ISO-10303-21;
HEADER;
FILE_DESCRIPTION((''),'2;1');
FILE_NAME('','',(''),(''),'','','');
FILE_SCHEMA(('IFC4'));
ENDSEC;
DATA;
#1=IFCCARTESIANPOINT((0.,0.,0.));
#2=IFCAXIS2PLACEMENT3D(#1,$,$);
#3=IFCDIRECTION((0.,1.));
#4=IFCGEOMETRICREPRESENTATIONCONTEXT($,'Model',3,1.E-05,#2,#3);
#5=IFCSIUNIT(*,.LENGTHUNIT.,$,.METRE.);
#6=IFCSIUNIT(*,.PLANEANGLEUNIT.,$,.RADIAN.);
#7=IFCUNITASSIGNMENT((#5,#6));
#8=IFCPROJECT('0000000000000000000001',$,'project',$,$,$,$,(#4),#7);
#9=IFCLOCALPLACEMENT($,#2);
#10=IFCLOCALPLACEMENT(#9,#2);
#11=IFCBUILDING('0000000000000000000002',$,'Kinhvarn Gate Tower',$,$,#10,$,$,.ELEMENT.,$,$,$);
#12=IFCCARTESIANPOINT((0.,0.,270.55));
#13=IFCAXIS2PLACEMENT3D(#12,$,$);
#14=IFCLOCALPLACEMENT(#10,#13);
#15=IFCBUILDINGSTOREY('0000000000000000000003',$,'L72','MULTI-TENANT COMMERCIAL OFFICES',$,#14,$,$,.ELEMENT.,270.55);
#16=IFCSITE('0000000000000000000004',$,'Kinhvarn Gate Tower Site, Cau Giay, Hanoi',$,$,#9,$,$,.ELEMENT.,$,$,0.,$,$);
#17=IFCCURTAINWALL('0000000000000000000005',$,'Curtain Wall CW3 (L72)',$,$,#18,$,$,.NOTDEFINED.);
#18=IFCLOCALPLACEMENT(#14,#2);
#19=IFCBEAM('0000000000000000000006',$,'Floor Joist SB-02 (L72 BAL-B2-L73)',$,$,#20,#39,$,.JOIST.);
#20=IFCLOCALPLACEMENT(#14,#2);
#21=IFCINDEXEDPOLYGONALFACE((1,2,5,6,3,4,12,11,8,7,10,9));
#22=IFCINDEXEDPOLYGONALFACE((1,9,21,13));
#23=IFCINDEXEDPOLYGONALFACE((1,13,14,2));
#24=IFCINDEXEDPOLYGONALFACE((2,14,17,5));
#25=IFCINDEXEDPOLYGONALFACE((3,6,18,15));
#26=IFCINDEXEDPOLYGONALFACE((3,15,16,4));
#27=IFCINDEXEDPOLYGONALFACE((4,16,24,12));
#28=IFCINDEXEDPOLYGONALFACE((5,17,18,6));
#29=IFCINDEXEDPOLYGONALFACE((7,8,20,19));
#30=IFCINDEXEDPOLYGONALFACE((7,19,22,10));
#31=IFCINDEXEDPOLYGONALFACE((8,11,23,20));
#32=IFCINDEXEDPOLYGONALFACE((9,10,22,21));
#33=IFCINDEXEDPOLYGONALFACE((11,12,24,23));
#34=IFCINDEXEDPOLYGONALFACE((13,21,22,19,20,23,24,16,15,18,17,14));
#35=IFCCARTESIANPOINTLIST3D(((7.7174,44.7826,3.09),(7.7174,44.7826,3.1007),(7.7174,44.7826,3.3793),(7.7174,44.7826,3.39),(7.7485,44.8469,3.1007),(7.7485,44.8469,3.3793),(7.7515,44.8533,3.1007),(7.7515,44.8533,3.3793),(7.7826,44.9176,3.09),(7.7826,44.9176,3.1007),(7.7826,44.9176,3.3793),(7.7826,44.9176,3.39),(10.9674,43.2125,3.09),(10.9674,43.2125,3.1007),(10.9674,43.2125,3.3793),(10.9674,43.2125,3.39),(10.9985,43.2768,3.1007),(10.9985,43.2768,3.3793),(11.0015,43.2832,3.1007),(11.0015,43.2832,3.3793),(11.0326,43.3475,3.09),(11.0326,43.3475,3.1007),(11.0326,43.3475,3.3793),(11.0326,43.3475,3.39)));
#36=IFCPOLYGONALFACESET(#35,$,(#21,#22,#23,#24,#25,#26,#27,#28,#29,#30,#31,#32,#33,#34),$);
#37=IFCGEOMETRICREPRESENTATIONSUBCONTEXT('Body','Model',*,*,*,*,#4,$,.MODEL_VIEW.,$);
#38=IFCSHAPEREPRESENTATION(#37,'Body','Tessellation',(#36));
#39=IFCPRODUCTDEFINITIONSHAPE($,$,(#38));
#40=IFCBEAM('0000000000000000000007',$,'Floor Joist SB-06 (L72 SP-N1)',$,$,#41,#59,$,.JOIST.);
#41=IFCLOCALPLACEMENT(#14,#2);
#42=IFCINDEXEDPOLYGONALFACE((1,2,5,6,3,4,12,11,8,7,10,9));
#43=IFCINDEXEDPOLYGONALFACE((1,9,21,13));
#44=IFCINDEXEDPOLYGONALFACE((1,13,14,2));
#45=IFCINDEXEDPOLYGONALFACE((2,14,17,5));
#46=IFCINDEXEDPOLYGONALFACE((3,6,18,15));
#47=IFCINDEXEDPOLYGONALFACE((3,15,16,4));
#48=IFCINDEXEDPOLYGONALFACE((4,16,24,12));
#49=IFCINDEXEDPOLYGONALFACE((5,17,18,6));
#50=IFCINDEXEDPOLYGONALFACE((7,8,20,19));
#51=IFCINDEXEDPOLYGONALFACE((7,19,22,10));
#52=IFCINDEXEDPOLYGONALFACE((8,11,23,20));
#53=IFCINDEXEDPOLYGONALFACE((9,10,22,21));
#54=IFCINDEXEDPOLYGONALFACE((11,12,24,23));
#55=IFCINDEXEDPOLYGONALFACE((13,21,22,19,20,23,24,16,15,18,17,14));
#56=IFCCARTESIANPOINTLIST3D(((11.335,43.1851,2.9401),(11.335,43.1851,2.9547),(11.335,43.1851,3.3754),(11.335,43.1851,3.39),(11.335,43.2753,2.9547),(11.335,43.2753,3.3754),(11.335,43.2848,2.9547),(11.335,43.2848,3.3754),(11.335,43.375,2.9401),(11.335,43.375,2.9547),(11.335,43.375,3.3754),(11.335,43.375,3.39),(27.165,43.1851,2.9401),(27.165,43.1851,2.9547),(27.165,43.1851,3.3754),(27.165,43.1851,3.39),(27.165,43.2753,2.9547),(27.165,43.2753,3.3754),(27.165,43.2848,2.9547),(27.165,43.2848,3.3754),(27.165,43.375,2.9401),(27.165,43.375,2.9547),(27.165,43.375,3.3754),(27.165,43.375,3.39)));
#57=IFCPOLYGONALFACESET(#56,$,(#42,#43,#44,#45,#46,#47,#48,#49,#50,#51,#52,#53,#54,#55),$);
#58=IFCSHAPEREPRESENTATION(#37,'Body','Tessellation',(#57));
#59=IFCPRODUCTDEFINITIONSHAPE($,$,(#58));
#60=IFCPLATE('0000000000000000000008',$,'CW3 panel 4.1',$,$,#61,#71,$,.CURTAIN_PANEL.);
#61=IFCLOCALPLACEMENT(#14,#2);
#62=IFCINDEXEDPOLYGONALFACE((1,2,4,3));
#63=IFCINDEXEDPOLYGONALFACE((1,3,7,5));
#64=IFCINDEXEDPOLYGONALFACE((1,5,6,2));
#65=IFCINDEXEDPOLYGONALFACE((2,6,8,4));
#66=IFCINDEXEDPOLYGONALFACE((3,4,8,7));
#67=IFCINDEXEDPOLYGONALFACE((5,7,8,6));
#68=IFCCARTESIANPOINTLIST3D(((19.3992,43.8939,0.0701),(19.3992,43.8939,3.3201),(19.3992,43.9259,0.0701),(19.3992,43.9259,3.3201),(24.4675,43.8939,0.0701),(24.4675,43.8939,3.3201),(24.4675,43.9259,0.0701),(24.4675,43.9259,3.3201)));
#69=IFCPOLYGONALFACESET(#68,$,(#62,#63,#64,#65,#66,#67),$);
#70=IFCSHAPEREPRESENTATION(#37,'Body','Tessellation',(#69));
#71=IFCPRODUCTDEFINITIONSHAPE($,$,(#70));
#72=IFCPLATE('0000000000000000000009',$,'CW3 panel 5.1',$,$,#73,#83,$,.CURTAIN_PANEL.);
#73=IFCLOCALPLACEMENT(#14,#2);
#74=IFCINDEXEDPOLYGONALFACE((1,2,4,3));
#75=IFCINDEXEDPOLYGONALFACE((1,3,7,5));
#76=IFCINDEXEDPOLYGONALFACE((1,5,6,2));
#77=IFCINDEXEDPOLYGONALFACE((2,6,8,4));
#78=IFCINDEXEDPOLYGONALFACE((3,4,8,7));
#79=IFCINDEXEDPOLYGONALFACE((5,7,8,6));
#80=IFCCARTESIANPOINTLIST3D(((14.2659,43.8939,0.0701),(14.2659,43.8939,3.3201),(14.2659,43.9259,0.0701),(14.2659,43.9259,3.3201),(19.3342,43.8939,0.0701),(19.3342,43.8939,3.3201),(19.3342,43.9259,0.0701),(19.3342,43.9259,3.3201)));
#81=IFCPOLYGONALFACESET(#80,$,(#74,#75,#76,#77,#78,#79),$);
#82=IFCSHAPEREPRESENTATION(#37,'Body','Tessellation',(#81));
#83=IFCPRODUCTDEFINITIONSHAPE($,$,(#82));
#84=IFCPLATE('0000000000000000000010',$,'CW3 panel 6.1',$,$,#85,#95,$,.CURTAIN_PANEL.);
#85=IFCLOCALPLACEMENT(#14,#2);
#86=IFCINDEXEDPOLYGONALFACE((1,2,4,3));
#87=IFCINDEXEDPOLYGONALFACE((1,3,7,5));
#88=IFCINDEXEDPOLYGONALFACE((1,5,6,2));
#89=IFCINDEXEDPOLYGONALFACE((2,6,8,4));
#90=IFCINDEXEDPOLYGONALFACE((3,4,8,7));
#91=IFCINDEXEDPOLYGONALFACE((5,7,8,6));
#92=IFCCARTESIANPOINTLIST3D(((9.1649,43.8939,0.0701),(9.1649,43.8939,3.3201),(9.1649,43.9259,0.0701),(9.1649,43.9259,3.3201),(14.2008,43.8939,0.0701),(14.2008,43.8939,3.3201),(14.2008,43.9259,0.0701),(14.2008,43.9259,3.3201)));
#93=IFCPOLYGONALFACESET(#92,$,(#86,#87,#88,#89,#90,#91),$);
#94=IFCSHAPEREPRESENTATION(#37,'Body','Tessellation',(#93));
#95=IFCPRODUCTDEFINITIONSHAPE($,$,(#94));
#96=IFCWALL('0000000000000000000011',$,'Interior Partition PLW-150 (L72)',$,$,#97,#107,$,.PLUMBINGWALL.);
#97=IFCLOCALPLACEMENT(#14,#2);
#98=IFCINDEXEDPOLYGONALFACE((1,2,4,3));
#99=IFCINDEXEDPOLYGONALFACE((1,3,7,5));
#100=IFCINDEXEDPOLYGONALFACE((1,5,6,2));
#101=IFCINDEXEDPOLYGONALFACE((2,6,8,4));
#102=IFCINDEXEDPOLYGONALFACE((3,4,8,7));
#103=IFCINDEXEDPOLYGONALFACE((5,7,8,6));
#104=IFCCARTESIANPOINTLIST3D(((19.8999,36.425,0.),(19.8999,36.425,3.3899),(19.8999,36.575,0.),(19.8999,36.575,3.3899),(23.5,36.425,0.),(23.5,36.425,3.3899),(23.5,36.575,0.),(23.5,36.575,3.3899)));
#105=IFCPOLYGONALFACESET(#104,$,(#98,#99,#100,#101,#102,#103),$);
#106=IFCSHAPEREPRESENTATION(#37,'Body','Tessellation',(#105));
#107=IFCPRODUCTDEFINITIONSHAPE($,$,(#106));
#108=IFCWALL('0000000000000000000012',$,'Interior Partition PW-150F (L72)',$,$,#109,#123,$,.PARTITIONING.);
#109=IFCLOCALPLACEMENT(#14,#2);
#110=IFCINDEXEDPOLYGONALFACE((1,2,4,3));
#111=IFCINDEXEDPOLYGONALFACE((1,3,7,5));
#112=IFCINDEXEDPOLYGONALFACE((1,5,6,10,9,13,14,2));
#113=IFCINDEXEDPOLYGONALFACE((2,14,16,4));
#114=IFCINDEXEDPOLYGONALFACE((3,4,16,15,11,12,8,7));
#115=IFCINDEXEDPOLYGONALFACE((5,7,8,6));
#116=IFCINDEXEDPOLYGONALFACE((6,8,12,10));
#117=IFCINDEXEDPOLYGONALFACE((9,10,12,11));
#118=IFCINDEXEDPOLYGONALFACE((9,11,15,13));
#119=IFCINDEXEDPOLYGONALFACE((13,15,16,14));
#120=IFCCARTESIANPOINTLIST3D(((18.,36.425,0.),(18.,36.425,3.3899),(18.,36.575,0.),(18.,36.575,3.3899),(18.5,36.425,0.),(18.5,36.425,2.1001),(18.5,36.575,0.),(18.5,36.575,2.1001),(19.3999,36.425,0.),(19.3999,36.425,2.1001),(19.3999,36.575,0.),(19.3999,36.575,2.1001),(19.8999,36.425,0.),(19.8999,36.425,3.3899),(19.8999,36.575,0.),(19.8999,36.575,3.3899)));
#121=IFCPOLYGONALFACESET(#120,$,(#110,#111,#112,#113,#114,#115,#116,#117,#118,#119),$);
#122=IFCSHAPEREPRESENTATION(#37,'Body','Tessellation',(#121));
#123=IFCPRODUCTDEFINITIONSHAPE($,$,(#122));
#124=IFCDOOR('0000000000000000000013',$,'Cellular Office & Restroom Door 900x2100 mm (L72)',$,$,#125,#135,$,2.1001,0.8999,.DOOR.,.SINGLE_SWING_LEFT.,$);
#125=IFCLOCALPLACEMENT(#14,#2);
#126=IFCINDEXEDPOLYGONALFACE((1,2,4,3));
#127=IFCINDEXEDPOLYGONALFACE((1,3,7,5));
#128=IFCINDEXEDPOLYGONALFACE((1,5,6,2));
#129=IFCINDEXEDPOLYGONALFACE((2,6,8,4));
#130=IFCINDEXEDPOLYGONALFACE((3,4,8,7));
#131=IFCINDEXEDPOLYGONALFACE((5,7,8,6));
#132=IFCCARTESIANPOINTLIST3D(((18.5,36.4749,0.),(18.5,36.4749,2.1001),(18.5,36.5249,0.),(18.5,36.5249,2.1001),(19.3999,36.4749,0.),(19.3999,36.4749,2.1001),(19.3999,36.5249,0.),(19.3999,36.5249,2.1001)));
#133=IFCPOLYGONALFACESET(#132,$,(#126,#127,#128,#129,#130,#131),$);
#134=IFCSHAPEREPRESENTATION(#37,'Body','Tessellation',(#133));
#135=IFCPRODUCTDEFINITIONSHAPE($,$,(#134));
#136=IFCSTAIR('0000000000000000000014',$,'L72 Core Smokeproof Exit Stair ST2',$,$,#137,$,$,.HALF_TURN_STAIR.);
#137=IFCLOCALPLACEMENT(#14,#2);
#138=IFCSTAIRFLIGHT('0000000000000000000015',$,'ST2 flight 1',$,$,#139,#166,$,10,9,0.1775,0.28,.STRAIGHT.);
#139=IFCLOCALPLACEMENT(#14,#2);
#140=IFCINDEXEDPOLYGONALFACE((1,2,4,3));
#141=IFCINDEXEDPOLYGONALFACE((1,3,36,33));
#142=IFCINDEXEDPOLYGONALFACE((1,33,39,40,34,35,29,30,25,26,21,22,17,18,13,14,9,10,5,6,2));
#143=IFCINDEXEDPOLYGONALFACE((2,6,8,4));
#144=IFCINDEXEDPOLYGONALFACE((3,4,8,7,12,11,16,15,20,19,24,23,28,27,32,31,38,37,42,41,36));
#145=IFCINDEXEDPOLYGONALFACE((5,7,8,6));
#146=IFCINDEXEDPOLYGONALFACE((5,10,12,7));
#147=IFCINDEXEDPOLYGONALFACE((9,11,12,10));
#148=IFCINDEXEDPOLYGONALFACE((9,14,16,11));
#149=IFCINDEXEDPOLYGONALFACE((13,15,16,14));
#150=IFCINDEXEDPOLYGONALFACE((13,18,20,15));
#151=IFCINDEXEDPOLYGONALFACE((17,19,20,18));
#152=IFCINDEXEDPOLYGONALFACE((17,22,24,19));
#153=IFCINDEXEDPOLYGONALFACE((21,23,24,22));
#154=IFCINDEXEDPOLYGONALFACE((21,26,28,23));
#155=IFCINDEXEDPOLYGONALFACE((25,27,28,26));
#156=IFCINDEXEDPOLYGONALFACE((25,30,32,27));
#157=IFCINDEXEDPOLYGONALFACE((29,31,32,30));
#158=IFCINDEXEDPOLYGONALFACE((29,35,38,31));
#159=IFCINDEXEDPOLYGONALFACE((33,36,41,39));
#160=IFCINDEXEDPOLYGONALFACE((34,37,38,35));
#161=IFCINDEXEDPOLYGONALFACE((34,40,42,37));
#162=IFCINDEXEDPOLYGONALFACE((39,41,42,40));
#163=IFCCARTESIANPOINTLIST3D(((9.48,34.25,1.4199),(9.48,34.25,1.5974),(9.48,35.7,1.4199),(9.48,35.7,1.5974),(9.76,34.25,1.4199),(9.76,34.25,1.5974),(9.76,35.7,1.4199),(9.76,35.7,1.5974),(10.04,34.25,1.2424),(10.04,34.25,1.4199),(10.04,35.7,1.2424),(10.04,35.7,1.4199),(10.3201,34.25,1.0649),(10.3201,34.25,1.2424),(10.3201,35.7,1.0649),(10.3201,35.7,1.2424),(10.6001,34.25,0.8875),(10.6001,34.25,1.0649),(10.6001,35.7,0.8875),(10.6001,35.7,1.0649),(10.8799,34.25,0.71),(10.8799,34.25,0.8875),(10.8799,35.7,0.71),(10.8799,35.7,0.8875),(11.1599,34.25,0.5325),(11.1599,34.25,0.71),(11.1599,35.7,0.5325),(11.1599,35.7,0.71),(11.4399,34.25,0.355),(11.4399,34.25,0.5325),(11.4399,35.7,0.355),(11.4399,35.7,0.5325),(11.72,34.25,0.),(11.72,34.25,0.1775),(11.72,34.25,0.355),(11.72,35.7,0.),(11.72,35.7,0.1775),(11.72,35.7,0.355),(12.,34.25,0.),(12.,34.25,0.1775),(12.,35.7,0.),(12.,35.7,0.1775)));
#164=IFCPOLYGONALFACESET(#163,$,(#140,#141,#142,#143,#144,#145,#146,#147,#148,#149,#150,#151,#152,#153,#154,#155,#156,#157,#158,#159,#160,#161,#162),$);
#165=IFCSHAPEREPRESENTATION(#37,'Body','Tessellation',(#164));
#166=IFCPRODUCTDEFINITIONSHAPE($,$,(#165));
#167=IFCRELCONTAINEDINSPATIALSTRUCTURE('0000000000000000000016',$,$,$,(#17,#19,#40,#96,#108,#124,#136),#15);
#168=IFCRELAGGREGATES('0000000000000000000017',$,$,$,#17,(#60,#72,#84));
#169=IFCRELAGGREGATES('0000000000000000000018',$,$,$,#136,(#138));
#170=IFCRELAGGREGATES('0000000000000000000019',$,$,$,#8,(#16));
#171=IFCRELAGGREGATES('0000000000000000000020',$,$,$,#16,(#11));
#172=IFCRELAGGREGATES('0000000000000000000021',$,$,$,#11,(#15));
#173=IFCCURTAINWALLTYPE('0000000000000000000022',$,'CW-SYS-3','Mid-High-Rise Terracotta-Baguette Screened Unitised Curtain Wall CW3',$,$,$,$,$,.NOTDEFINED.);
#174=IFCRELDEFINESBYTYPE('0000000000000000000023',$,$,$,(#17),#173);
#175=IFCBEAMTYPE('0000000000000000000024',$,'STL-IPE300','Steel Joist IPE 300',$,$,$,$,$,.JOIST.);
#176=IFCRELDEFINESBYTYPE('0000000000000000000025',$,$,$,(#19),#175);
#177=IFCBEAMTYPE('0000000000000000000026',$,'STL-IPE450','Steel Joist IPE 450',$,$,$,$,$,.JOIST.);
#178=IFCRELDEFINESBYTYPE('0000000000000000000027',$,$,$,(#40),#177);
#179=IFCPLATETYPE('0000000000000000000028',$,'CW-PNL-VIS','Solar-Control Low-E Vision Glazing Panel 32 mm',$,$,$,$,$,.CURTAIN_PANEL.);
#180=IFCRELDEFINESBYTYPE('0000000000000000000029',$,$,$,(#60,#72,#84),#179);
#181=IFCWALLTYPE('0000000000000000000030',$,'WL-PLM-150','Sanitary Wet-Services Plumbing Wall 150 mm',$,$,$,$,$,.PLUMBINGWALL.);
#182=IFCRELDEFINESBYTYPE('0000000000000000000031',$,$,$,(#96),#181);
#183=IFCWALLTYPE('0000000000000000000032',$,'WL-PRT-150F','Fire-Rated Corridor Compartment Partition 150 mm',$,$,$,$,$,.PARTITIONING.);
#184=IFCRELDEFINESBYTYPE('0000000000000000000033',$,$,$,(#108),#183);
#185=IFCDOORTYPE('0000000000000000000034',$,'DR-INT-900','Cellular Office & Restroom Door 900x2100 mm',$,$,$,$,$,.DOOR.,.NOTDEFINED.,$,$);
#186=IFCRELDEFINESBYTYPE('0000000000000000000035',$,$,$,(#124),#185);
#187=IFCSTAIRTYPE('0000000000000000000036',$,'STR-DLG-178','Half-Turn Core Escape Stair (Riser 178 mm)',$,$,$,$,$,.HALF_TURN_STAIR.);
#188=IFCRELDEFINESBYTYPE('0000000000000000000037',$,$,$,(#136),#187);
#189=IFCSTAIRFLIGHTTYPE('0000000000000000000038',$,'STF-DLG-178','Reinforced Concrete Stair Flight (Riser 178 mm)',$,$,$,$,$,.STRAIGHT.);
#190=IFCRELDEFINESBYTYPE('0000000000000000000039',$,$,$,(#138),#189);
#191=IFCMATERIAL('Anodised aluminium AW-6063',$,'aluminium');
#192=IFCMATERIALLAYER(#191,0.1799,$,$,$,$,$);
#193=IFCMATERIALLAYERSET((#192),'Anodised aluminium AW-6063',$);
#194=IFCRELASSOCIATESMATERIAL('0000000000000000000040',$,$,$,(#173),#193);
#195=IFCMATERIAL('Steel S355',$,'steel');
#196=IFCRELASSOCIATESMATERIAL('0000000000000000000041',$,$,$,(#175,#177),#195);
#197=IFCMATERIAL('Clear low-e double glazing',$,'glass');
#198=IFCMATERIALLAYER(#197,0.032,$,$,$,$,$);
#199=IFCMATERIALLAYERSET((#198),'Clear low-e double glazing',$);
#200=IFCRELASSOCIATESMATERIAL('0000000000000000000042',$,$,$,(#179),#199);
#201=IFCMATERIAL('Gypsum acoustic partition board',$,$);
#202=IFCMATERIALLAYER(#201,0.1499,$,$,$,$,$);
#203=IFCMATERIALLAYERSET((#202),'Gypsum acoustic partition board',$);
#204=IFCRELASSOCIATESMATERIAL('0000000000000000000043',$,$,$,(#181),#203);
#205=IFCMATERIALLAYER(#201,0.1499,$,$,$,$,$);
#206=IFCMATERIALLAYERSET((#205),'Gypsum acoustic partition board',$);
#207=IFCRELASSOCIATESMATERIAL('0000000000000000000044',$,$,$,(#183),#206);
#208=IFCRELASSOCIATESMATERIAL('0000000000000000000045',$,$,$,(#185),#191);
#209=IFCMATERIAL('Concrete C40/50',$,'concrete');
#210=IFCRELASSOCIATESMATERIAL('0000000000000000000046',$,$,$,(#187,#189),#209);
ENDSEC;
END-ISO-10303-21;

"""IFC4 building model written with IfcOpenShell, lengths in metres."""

from ifc_helpers import new_model, si_unit, direction, frame, frame_2d, origin, origin_2d, place, context, subcontext, project, spatial, polyline, rectangle, i_section, outline, extrude, material, layer, layer_set, material_profile, profile_set, type_object, element, fill, aggregate, save


model = new_model("IFC4")

# Units and contexts
model_context = context("Model", 3, precision=1e-05, world=origin(), true_north=direction((0.0, 1.0)))
body_context = subcontext(model_context, "Body", "Model", "MODEL_VIEW")
ifc_project = project(units=[si_unit("LENGTHUNIT", "METRE"), si_unit("PLANEANGLEUNIT", "RADIAN")], contexts=[model_context])

# Site, building, storey
site_placement = place(None, origin())
site = spatial("IfcSite", under=ifc_project, at=site_placement, Name="Kinhvarn Gate Tower Site, Cau Giay, Hanoi", CompositionType="ELEMENT", RefElevation=0.0)
building_placement = place(site_placement, origin())
building = spatial("IfcBuilding", under=site, at=building_placement, Name="Kinhvarn Gate Tower", CompositionType="ELEMENT")
storey_placement = place(building_placement, frame((0.0, 0.0, 270.55)))
storey = spatial("IfcBuildingStorey", under=building, at=storey_placement, Name="L72", Description="MULTI-TENANT COMMERCIAL OFFICES", CompositionType="ELEMENT", Elevation=270.55)

# Curtain wall
ifc_material_1 = material(Name="Anodised aluminium AW-6063", Category="aluminium")
ifc_layer_1 = layer(ifc_material_1, 0.1799)
ifc_layer_set_1 = layer_set([ifc_layer_1], Name="Anodised aluminium AW-6063")
curtain_wall_type = type_object("IfcCurtainWallType", Name="CW-SYS-3", Description="Mid-High-Rise Terracotta-Baguette Screened Unitised Curtain Wall CW3", PredefinedType="NOTDEFINED", material=ifc_layer_set_1)
curtain_wall_placement = place(storey_placement, origin())
curtain_wall = element("IfcCurtainWall", 1, at=curtain_wall_placement, inside=storey, type_object=curtain_wall_type, Name="Curtain Wall CW3 (L72)", PredefinedType="NOTDEFINED")

# Beams
ifc_material_2 = material(Name="Steel S355", Category="steel")
ifc_material_profile_1 = material_profile(ifc_material_2, i_section(OverallWidth=0.1499, OverallDepth=0.3, WebThickness=0.0071, FlangeThickness=0.0107, at=origin_2d()), Name="IPE 300")
ifc_profile_set_1 = profile_set([ifc_material_profile_1], Name="Steel S355")
beam_type_1 = type_object("IfcBeamType", Name="STL-IPE300", Description="Steel Joist IPE 300", PredefinedType="JOIST", material=ifc_profile_set_1)
beam_1_placement = place(storey_placement, frame((11.0, 43.28, 3.24), z_axis=(-0.900432, 0.434997, 0.0), x_axis=(-0.434997, -0.900432, 0.0)))
element("IfcBeam", 2, at=beam_1_placement, inside=storey, type_object=beam_type_1, Name="Floor Joist SB-02 (L72 BAL-B2-L73)", PredefinedType="JOIST", context=body_context, shape_type="SweptSolid", body=[
    extrude(i_section(OverallWidth=0.1499, OverallDepth=0.3, WebThickness=0.0071, FlangeThickness=0.0107, at=origin_2d()), origin(), (0.0, 0.0, 1.0), 3.6094),
])
ifc_material_profile_2 = material_profile(ifc_material_2, i_section(OverallWidth=0.1899, OverallDepth=0.45, WebThickness=0.0095, FlangeThickness=0.0146, at=origin_2d()), Name="IPE 450")
ifc_profile_set_2 = profile_set([ifc_material_profile_2], Name="Steel S355")
beam_type_2 = type_object("IfcBeamType", Name="STL-IPE450", Description="Steel Joist IPE 450", PredefinedType="JOIST", material=ifc_profile_set_2)
beam_2_placement = place(storey_placement, frame((11.335, 43.28, 3.165), z_axis=(1.0, 0.0, 0.0), x_axis=(0.0, 1.0, 0.0)))
element("IfcBeam", 3, at=beam_2_placement, inside=storey, type_object=beam_type_2, Name="Floor Joist SB-06 (L72 SP-N1)", PredefinedType="JOIST", context=body_context, shape_type="SweptSolid", body=[
    extrude(i_section(OverallWidth=0.1899, OverallDepth=0.45, WebThickness=0.0095, FlangeThickness=0.0146, at=origin_2d()), origin(), (0.0, 0.0, 1.0), 15.8301),
])

# Plates
ifc_material_3 = material(Name="Clear low-e double glazing", Category="glass")
ifc_layer_2 = layer(ifc_material_3, 0.032)
ifc_layer_set_2 = layer_set([ifc_layer_2], Name="Clear low-e double glazing")
plate_type = type_object("IfcPlateType", Name="CW-PNL-VIS", Description="Solar-Control Low-E Vision Glazing Panel 32 mm", PredefinedType="CURTAIN_PANEL", material=ifc_layer_set_2)
plate_1_placement = place(storey_placement, frame((21.9333, 43.9099, 0.0701), z_axis=(0.0, 0.0, 1.0), x_axis=(-1.0, 0.0, 0.0)))
plate_1 = element("IfcPlate", 4, at=plate_1_placement, type_object=plate_type, Name="CW3 panel 4.1", PredefinedType="CURTAIN_PANEL", context=body_context, shape_type="SweptSolid", body=[
    extrude(rectangle(XDim=5.0684, YDim=0.032, at=origin_2d()), origin(), (0.0, 0.0, 1.0), 3.25),
])
plate_2_placement = place(storey_placement, frame((16.8, 43.9099, 0.0701), z_axis=(0.0, 0.0, 1.0), x_axis=(-1.0, 0.0, 0.0)))
plate_2 = element("IfcPlate", 5, at=plate_2_placement, type_object=plate_type, Name="CW3 panel 5.1", PredefinedType="CURTAIN_PANEL", context=body_context, shape_type="SweptSolid", body=[
    extrude(rectangle(XDim=5.0684, YDim=0.032, at=origin_2d()), origin(), (0.0, 0.0, 1.0), 3.25),
])
plate_3_placement = place(storey_placement, frame((11.6829, 43.9099, 0.0701), z_axis=(0.0, 0.0, 1.0), x_axis=(-1.0, 0.0, 0.0)))
plate_3 = element("IfcPlate", 6, at=plate_3_placement, type_object=plate_type, Name="CW3 panel 6.1", PredefinedType="CURTAIN_PANEL", context=body_context, shape_type="SweptSolid", body=[
    extrude(rectangle(XDim=5.0359, YDim=0.032, at=origin_2d()), origin(), (0.0, 0.0, 1.0), 3.25),
])
aggregate(curtain_wall, [plate_1, plate_2, plate_3])

# Wall
ifc_material_4 = material(Name="Gypsum acoustic partition board")
ifc_layer_3 = layer(ifc_material_4, 0.1499)
ifc_layer_set_3 = layer_set([ifc_layer_3], Name="Gypsum acoustic partition board")
wall_type_1 = type_object("IfcWallType", Name="WL-PLM-150", Description="Sanitary Wet-Services Plumbing Wall 150 mm", PredefinedType="PLUMBINGWALL", material=ifc_layer_set_3)
wall_1_placement = place(storey_placement, frame((19.8999, 36.5, 0.0), z_axis=(0.0, 0.0, 1.0), x_axis=(1.0, 0.0, 0.0)))
element("IfcWall", 7, at=wall_1_placement, inside=storey, type_object=wall_type_1, Name="Interior Partition PLW-150 (L72)", PredefinedType="PLUMBINGWALL", context=body_context, shape_type="SweptSolid", body=[
    extrude(rectangle(XDim=3.6001, YDim=0.1499, at=frame_2d((1.8, 0.0))), origin(), (0.0, 0.0, 1.0), 3.3899),
])

# Wall, opening, door
ifc_layer_4 = layer(ifc_material_4, 0.1499)
ifc_layer_set_4 = layer_set([ifc_layer_4], Name="Gypsum acoustic partition board")
wall_type_2 = type_object("IfcWallType", Name="WL-PRT-150F", Description="Fire-Rated Corridor Compartment Partition 150 mm", PredefinedType="PARTITIONING", material=ifc_layer_set_4)
wall_2_placement = place(storey_placement, frame((18.0, 36.5, 0.0), z_axis=(0.0, 0.0, 1.0), x_axis=(1.0, 0.0, 0.0)))
wall_2 = element("IfcWall", 8, at=wall_2_placement, inside=storey, type_object=wall_type_2, Name="Interior Partition PW-150F (L72)", PredefinedType="PARTITIONING", context=body_context, shape_type="SweptSolid", body=[
    extrude(rectangle(XDim=1.8999, YDim=0.1499, at=frame_2d((0.95, 0.0))), origin(), (0.0, 0.0, 1.0), 3.3899),
])
opening_placement = place(wall_2_placement, frame((0.5, 0.0, 0.0)))
opening = element("IfcOpeningElement", 9, at=opening_placement, cuts=wall_2, PredefinedType="OPENING", context=body_context, shape_type="SweptSolid", body=[
    extrude(rectangle(XDim=0.8999, YDim=2.1001, at=frame_2d((0.45, 1.05))), frame((0.0, 0.085, 0.0), z_axis=(0.0, -1.0, 0.0), x_axis=(1.0, 0.0, 0.0)), (0.0, 0.0, 1.0), 0.1699),
])
door_type = type_object("IfcDoorType", Name="DR-INT-900", Description="Cellular Office & Restroom Door 900x2100 mm", OperationType="NOTDEFINED", PredefinedType="DOOR", material=ifc_material_1)
door_placement = place(opening_placement, origin())
door = element("IfcDoor", 10, at=door_placement, inside=storey, type_object=door_type, Name="Cellular Office & Restroom Door 900x2100 mm (L72)", OperationType="SINGLE_SWING_LEFT", OverallHeight=2.1001, OverallWidth=0.8999, PredefinedType="DOOR", context=body_context, shape_type="SweptSolid", body=[
    extrude(rectangle(XDim=0.8999, YDim=2.1001, at=frame_2d((0.45, 1.05))), frame((0.0, 0.0249, 0.0), z_axis=(0.0, -1.0, 0.0), x_axis=(1.0, 0.0, 0.0)), (0.0, 0.0, 1.0), 0.05),
])
fill(opening, door)

# Stair, stair flight
ifc_material_5 = material(Name="Concrete C40/50", Category="concrete")
stair_type = type_object("IfcStairType", Name="STR-DLG-178", Description="Half-Turn Core Escape Stair (Riser 178 mm)", PredefinedType="HALF_TURN_STAIR", material=ifc_material_5)
stair_placement = place(storey_placement, origin())
stair = element("IfcStair", 11, at=stair_placement, inside=storey, type_object=stair_type, Name="L72 Core Smokeproof Exit Stair ST2", PredefinedType="HALF_TURN_STAIR")
stair_flight_type = type_object("IfcStairFlightType", Name="STF-DLG-178", Description="Reinforced Concrete Stair Flight (Riser 178 mm)", PredefinedType="STRAIGHT", material=ifc_material_5)
stair_flight_placement = place(storey_placement, frame((12.0, 34.9751, 0.0), z_axis=(0.0, 0.0, 1.0), x_axis=(-1.0, 0.0, 0.0)))
stair_flight = element("IfcStairFlight", 12, at=stair_flight_placement, type_object=stair_flight_type, Name="ST2 flight 1", NumberOfRisers=10, NumberOfTreads=9, PredefinedType="STRAIGHT", RiserHeight=0.1775, TreadLength=0.28, context=body_context, shape_type="SweptSolid", body=[
    extrude(outline(polyline([(0.0, 0.0), (0.0, 0.1775), (0.28, 0.1775), (0.28, 0.355), (0.5601, 0.355), (0.5601, 0.5325), (0.8401, 0.5325), (0.8401, 0.71), (1.1201, 0.71), (1.1201, 0.8875), (1.3999, 0.8875), (1.3999, 1.0649), (1.6799, 1.0649), (1.6799, 1.2424), (1.96, 1.2424), (1.96, 1.4199), (2.24, 1.4199), (2.24, 1.5974), (2.52, 1.5974), (2.52, 1.7749), (2.52, 1.4199), (0.28, 0.0), (0.0, 0.0)])), frame((0.0, 0.7251, 0.0), z_axis=(0.0, -1.0, 0.0), x_axis=(1.0, 0.0, 0.0)), (0.0, 0.0, 1.0), 1.45),
])
aggregate(stair, [stair_flight])

save(model, "model.ifc")
